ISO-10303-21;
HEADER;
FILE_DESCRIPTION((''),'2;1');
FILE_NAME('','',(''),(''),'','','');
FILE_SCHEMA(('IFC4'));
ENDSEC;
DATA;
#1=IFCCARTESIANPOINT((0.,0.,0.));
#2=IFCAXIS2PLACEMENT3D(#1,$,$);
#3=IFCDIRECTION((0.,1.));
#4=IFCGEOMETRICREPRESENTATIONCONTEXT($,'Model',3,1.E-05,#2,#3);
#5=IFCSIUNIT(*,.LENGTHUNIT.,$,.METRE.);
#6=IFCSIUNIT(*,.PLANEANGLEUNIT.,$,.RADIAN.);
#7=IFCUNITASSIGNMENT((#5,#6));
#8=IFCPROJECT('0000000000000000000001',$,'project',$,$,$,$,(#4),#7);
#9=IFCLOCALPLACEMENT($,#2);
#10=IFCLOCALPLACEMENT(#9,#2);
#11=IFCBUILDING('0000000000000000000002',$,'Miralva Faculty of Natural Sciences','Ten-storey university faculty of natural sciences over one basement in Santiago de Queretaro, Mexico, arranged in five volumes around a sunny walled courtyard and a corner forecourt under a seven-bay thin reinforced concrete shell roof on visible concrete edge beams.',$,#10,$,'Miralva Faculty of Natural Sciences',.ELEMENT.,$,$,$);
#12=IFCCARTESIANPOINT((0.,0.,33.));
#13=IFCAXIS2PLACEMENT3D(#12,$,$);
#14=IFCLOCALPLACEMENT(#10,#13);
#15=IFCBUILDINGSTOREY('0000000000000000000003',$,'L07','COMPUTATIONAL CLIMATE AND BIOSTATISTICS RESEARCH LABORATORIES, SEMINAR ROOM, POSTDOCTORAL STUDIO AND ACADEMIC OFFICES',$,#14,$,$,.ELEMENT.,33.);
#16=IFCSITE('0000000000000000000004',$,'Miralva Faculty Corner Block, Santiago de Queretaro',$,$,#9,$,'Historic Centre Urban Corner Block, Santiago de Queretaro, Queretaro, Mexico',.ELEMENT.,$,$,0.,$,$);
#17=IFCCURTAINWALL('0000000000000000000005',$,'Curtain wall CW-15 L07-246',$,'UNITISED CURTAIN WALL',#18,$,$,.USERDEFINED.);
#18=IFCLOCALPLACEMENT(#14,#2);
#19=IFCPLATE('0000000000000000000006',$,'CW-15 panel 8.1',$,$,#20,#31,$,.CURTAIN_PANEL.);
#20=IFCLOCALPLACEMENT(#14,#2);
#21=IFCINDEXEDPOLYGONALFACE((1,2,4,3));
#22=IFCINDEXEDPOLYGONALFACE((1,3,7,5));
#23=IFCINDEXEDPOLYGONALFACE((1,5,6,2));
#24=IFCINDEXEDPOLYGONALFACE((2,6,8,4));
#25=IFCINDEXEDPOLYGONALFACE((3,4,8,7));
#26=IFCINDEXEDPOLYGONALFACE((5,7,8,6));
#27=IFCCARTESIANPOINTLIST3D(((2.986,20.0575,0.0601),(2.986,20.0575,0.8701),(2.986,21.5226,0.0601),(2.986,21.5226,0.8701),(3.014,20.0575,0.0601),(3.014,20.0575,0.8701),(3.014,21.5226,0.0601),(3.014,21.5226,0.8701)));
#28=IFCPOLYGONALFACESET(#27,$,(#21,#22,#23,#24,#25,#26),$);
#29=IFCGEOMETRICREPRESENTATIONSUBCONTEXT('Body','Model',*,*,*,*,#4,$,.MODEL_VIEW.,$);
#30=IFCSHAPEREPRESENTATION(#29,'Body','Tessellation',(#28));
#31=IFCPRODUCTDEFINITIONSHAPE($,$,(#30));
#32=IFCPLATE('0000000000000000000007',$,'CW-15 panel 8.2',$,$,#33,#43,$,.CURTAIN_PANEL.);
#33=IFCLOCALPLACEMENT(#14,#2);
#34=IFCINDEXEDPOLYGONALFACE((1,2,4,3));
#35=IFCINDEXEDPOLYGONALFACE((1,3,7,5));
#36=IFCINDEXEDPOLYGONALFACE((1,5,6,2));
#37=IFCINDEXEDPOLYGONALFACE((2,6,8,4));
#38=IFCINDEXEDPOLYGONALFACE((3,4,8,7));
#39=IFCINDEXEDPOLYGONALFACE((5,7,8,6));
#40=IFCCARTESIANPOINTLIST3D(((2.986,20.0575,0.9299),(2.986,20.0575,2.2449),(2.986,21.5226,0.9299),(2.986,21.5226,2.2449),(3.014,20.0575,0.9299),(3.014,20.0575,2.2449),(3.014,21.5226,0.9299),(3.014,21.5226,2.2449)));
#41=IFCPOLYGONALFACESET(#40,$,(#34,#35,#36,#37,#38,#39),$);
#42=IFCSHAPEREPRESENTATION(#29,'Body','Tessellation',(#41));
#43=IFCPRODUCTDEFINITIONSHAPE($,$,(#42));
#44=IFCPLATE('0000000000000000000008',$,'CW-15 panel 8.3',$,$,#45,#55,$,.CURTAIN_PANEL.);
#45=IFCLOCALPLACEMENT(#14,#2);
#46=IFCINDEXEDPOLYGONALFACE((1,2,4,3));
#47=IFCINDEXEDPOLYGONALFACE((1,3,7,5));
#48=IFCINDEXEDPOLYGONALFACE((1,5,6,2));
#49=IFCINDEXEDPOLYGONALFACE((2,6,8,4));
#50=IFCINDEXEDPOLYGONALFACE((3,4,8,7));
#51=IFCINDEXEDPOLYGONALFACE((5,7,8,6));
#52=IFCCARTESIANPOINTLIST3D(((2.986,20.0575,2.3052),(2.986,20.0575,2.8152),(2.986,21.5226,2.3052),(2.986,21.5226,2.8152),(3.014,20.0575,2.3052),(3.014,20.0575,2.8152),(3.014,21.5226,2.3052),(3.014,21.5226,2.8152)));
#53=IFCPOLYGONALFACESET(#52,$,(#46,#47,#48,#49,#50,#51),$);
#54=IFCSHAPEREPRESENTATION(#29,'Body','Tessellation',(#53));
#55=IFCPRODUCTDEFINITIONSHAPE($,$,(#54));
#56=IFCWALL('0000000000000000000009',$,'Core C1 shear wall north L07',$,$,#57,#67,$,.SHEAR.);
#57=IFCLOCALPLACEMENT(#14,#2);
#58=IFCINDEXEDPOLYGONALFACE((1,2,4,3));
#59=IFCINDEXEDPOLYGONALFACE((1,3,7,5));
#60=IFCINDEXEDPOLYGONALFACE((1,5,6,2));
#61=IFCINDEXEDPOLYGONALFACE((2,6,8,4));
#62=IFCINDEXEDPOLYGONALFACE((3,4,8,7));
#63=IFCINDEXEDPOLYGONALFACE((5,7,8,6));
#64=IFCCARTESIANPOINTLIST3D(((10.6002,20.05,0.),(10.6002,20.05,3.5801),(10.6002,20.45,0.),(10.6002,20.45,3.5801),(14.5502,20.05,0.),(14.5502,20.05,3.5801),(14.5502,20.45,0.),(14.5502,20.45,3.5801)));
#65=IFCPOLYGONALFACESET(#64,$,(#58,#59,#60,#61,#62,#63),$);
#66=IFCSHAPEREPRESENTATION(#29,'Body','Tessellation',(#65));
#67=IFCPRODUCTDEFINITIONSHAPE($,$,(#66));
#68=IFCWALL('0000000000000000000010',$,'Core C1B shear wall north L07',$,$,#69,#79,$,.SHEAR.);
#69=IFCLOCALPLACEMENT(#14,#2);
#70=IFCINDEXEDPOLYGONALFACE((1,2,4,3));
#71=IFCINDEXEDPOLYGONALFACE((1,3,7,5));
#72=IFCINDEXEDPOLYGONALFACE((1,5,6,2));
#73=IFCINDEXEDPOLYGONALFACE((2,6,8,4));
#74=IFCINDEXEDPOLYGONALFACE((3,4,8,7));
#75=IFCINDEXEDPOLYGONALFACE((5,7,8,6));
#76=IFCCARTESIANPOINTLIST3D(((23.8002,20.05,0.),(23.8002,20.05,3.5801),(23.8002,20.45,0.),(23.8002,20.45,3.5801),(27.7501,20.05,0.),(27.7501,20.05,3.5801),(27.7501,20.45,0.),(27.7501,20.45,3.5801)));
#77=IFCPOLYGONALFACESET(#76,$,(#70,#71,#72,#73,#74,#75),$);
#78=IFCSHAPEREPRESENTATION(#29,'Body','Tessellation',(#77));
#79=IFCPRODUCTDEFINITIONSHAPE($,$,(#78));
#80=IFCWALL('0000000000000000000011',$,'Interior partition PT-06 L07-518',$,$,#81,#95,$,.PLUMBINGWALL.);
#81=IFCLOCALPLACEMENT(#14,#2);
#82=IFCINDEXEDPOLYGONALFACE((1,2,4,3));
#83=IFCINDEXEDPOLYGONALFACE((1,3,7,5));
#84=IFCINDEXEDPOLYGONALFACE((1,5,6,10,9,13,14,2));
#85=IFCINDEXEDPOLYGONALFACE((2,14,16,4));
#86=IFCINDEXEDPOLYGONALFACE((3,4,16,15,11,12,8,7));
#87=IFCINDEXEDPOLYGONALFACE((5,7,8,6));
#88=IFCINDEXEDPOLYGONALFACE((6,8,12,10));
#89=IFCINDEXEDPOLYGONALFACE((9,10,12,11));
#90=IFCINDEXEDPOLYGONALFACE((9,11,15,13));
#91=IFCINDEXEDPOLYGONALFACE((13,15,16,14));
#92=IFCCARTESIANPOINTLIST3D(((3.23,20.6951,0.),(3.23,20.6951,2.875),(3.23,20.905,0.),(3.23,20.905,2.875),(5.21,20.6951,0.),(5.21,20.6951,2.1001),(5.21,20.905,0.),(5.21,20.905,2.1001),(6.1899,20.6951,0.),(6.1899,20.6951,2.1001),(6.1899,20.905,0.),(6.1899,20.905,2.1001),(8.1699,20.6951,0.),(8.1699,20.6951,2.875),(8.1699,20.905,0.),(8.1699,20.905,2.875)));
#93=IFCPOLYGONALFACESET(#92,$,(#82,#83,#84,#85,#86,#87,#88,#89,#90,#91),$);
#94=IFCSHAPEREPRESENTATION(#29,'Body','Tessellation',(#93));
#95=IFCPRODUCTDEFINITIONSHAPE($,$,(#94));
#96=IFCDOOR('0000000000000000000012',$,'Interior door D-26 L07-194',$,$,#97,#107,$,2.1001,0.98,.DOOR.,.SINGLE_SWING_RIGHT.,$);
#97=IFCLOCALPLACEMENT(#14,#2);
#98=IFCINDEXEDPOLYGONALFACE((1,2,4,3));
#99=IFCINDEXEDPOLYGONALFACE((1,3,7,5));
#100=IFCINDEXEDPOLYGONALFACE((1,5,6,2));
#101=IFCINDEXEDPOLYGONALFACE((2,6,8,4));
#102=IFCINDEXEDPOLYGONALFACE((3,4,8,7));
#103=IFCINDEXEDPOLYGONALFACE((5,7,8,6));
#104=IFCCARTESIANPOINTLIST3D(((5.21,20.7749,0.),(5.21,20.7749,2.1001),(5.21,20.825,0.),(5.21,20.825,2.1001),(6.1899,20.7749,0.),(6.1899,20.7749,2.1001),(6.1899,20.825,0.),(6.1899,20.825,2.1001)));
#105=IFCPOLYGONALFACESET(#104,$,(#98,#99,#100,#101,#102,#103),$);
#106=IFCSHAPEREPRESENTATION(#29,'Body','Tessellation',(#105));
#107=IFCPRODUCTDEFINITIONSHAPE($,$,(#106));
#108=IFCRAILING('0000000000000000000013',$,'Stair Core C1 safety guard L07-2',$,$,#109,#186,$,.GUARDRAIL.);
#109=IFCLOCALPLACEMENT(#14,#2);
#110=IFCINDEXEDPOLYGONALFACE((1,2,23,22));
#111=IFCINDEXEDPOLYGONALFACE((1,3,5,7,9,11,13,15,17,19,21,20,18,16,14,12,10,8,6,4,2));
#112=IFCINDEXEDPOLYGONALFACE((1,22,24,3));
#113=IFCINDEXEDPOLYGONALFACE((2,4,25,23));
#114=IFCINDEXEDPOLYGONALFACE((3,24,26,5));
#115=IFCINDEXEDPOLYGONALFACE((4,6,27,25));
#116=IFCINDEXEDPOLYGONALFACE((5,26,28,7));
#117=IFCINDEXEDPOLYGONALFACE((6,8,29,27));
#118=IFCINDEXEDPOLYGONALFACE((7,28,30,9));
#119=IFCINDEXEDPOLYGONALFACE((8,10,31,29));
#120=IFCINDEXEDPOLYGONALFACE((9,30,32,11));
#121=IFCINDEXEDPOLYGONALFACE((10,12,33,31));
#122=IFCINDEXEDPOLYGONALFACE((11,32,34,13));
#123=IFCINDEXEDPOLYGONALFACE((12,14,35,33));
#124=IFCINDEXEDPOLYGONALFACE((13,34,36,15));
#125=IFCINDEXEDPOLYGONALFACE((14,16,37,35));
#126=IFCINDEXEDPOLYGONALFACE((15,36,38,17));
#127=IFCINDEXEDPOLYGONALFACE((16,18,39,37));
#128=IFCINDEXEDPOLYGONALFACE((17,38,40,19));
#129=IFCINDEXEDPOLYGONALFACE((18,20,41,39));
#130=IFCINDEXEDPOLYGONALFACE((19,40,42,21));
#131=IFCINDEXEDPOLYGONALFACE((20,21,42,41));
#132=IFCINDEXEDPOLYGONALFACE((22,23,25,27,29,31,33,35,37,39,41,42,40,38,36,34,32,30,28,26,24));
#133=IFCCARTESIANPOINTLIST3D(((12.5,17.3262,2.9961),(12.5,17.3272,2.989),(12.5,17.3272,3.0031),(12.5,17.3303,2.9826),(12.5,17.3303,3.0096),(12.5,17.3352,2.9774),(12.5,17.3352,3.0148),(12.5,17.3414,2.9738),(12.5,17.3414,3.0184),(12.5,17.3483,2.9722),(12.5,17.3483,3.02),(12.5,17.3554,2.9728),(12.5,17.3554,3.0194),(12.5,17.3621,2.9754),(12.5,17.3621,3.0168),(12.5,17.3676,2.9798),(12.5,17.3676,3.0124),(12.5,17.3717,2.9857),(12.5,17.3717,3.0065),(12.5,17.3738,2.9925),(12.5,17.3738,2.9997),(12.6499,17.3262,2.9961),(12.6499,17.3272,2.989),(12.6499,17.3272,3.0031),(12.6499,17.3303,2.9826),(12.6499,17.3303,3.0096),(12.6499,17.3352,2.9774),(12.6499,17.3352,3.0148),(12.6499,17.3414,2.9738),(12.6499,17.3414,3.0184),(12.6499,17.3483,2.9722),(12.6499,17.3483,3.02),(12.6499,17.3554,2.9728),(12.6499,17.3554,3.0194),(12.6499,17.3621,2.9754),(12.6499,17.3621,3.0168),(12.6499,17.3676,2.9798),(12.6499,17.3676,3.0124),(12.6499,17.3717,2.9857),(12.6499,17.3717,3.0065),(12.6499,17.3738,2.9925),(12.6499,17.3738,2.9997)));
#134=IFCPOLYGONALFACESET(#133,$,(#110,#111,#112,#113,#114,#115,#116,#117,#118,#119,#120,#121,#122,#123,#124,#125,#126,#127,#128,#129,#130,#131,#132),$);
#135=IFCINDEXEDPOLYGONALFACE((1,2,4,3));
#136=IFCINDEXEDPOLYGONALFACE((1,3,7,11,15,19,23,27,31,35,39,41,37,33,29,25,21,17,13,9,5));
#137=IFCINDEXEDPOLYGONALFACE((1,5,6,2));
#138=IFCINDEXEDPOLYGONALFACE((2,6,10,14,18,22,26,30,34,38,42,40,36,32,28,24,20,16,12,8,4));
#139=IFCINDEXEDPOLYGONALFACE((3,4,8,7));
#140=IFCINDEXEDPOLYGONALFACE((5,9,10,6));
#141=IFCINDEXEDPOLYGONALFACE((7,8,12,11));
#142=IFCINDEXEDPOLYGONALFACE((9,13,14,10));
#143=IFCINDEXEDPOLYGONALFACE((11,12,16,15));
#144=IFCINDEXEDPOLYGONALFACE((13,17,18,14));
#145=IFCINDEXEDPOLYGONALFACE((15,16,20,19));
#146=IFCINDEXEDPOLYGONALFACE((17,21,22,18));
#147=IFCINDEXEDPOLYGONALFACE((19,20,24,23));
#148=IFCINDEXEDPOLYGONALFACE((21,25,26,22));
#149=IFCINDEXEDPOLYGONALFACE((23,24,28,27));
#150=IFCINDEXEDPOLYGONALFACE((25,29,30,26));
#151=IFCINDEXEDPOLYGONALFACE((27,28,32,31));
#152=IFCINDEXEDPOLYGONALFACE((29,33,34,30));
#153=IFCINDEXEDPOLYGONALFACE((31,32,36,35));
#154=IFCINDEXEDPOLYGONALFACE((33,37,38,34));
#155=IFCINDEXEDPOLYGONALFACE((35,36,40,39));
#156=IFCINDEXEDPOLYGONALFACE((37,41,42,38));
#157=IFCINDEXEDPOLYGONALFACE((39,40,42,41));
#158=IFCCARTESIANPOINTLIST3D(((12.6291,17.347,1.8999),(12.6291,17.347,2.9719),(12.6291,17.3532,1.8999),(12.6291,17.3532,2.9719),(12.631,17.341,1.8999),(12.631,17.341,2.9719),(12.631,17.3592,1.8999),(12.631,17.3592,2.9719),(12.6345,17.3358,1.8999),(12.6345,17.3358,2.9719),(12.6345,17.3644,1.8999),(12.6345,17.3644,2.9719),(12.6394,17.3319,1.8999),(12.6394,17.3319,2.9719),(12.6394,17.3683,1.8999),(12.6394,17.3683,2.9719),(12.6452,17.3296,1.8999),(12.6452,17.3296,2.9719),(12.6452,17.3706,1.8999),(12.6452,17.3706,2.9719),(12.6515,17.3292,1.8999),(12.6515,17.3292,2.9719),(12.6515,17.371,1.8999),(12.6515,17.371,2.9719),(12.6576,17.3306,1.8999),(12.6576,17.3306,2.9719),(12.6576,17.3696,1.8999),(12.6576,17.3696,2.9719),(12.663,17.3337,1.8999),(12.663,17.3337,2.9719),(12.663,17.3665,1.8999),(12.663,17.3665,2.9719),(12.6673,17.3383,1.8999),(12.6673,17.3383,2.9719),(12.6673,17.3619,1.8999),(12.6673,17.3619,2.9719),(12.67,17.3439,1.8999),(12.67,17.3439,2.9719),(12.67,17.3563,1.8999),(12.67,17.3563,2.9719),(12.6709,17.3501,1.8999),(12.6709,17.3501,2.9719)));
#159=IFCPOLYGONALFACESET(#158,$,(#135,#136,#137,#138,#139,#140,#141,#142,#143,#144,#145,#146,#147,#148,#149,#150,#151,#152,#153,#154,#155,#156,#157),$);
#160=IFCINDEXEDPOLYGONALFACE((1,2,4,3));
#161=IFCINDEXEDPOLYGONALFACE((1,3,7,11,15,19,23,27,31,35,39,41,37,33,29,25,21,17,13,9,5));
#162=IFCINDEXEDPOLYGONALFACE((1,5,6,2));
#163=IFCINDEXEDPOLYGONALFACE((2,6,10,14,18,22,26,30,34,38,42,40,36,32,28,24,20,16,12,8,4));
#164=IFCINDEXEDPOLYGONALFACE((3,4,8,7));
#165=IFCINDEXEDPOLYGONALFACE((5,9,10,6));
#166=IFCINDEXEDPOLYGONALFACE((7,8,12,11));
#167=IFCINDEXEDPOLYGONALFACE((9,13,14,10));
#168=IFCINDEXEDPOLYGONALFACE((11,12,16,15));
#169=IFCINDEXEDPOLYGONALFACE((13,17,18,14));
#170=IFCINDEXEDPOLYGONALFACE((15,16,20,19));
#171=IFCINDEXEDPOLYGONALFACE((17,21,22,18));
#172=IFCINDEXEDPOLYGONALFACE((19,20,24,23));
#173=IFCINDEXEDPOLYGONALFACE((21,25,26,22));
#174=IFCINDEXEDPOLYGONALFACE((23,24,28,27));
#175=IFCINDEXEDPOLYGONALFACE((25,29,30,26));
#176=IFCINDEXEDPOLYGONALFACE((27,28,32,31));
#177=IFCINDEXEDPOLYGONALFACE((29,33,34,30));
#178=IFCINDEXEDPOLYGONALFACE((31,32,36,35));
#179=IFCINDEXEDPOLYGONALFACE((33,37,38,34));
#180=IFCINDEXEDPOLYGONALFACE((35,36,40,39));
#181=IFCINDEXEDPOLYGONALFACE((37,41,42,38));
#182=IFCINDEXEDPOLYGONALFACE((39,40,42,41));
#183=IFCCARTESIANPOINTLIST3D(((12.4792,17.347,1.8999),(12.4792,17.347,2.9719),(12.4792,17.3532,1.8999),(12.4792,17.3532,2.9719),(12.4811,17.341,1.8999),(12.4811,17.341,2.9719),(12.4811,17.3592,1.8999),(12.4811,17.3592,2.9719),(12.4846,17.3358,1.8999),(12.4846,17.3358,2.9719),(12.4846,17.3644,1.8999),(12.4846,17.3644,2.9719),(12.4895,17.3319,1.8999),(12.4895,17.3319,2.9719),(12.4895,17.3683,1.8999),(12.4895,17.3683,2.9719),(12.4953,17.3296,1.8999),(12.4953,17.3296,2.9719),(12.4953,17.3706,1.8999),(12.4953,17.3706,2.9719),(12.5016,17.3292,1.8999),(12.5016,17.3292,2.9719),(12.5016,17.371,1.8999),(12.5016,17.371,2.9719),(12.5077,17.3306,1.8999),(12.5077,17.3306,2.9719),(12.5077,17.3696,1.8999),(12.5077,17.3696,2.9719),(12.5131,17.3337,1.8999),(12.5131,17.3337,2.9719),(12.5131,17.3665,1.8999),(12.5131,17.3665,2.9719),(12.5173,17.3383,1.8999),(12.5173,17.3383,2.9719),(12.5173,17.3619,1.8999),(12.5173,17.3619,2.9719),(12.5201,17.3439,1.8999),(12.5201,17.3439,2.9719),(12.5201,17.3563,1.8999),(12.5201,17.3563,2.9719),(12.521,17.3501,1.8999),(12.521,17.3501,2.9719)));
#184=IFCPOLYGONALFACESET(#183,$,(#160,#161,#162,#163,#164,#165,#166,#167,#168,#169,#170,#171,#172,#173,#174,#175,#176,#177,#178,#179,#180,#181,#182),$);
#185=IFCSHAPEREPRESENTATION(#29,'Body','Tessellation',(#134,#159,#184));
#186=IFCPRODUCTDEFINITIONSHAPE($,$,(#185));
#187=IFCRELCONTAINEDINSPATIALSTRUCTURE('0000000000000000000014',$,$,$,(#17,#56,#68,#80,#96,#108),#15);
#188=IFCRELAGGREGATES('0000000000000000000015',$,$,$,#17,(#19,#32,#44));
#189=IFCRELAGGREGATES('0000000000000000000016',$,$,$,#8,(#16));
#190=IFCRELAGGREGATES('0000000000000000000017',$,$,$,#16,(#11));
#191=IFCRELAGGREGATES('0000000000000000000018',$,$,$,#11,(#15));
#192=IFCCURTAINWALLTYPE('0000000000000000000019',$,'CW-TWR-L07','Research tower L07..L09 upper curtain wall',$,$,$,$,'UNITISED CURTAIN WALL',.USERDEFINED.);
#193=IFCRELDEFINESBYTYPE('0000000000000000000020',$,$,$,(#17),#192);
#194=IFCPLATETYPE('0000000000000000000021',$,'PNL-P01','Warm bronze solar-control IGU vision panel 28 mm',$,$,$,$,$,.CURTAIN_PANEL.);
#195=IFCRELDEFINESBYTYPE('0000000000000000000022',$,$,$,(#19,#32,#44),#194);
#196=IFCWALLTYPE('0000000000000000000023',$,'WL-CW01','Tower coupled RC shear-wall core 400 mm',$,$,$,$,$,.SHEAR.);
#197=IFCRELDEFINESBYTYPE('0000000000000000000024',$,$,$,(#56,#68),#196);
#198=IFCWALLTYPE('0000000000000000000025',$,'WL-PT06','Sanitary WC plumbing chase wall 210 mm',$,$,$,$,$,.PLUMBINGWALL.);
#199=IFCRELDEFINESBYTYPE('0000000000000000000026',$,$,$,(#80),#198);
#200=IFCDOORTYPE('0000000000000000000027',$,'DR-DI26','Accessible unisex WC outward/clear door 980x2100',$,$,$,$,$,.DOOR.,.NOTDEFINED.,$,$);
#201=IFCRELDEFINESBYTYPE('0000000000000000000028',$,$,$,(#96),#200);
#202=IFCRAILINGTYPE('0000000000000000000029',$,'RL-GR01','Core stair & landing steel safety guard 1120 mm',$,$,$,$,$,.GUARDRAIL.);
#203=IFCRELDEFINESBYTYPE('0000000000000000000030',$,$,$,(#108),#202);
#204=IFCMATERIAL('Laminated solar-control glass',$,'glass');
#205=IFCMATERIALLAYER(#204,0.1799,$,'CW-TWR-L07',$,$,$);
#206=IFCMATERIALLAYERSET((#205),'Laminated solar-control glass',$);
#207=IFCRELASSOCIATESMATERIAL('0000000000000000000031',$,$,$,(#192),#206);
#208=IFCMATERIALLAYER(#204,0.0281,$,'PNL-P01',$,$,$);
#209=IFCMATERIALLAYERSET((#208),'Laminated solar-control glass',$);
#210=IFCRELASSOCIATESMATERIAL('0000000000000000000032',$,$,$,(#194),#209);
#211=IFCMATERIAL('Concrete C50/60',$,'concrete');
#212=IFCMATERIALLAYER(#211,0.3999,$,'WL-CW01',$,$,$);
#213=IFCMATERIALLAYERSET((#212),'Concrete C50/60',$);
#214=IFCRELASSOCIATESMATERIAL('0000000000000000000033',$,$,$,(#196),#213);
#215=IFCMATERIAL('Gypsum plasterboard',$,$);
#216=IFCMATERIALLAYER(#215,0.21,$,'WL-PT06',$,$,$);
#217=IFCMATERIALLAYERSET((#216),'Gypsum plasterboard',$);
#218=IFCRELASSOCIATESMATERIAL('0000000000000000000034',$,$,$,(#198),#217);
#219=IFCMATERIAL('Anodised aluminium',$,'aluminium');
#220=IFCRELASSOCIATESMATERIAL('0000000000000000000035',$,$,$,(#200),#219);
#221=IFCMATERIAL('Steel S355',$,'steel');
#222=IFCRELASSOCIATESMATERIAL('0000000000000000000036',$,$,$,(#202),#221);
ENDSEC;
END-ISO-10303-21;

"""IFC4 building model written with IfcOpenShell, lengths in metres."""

from ifc_helpers import new_model, si_unit, direction, frame, frame_2d, origin, origin_2d, place, context, subcontext, project, spatial, rectangle, circle, extrude, material, layer, layer_set, type_object, element, fill, aggregate, save


model = new_model("IFC4")

# Units and contexts
model_context = context("Model", 3, precision=1e-05, world=origin(), true_north=direction((0.0, 1.0)))
body_context = subcontext(model_context, "Body", "Model", "MODEL_VIEW")
ifc_project = project(units=[si_unit("LENGTHUNIT", "METRE"), si_unit("PLANEANGLEUNIT", "RADIAN")], contexts=[model_context])

# Site, building, storey
site_placement = place(None, origin())
site = spatial("IfcSite", under=ifc_project, at=site_placement, Name="Miralva Faculty Corner Block, Santiago de Queretaro", LongName="Historic Centre Urban Corner Block, Santiago de Queretaro, Queretaro, Mexico", CompositionType="ELEMENT", RefElevation=0.0)
building_placement = place(site_placement, origin())
building = spatial("IfcBuilding", under=site, at=building_placement, Name="Miralva Faculty of Natural Sciences", Description="Ten-storey university faculty of natural sciences over one basement in Santiago de Queretaro, Mexico, arranged in five volumes around a sunny walled courtyard and a corner forecourt under a seven-bay thin reinforced concrete shell roof on visible concrete edge beams.", LongName="Miralva Faculty of Natural Sciences", CompositionType="ELEMENT")
storey_placement = place(building_placement, frame((0.0, 0.0, 33.0)))
storey = spatial("IfcBuildingStorey", under=building, at=storey_placement, Name="L07", Description="COMPUTATIONAL CLIMATE AND BIOSTATISTICS RESEARCH LABORATORIES, SEMINAR ROOM, POSTDOCTORAL STUDIO AND ACADEMIC OFFICES", CompositionType="ELEMENT", Elevation=33.0)

# Curtain wall, plates
ifc_material_1 = material(Name="Laminated solar-control glass", Category="glass")
ifc_layer_1 = layer(ifc_material_1, 0.1799, Name="CW-TWR-L07")
ifc_layer_set_1 = layer_set([ifc_layer_1], Name="Laminated solar-control glass")
curtain_wall_type = type_object("IfcCurtainWallType", Name="CW-TWR-L07", Description="Research tower L07..L09 upper curtain wall", ElementType="UNITISED CURTAIN WALL", PredefinedType="USERDEFINED", material=ifc_layer_set_1)
curtain_wall_placement = place(storey_placement, origin())
curtain_wall = element("IfcCurtainWall", 1, at=curtain_wall_placement, inside=storey, type_object=curtain_wall_type, Name="Curtain wall CW-15 L07-246", ObjectType="UNITISED CURTAIN WALL", PredefinedType="USERDEFINED")
ifc_material_2 = material(Name="Anodised aluminium", Category="aluminium")
ifc_layer_2 = layer(ifc_material_1, 0.0281, Name="PNL-P01")
ifc_layer_set_2 = layer_set([ifc_layer_2], Name="Laminated solar-control glass")
plate_type = type_object("IfcPlateType", Name="PNL-P01", Description="Warm bronze solar-control IGU vision panel 28 mm", PredefinedType="CURTAIN_PANEL", material=ifc_layer_set_2)
plate_1_placement = place(storey_placement, frame((3.0, 20.79, 0.0601), z_axis=(0.0, 0.0, 1.0), x_axis=(0.0, 1.0, 0.0)))
plate_1 = element("IfcPlate", 2, at=plate_1_placement, type_object=plate_type, Name="CW-15 panel 8.1", PredefinedType="CURTAIN_PANEL", context=body_context, shape_type="SweptSolid", body=[
    extrude(rectangle(XDim=1.4651, YDim=0.0281, at=origin_2d()), origin(), (0.0, 0.0, 1.0), 0.8101),
])
plate_2_placement = place(storey_placement, frame((3.0, 20.79, 0.9299), z_axis=(0.0, 0.0, 1.0), x_axis=(0.0, 1.0, 0.0)))
plate_2 = element("IfcPlate", 3, at=plate_2_placement, type_object=plate_type, Name="CW-15 panel 8.2", PredefinedType="CURTAIN_PANEL", context=body_context, shape_type="SweptSolid", body=[
    extrude(rectangle(XDim=1.4651, YDim=0.0281, at=origin_2d()), origin(), (0.0, 0.0, 1.0), 1.3149),
])
plate_3_placement = place(storey_placement, frame((3.0, 20.79, 2.3052), z_axis=(0.0, 0.0, 1.0), x_axis=(0.0, 1.0, 0.0)))
plate_3 = element("IfcPlate", 4, at=plate_3_placement, type_object=plate_type, Name="CW-15 panel 8.3", PredefinedType="CURTAIN_PANEL", context=body_context, shape_type="SweptSolid", body=[
    extrude(rectangle(XDim=1.4651, YDim=0.0281, at=origin_2d()), origin(), (0.0, 0.0, 1.0), 0.51),
])
aggregate(curtain_wall, [plate_1, plate_2, plate_3])

# Walls
ifc_material_3 = material(Name="Concrete C50/60", Category="concrete")
ifc_layer_3 = layer(ifc_material_3, 0.3999, Name="WL-CW01")
ifc_layer_set_3 = layer_set([ifc_layer_3], Name="Concrete C50/60")
wall_type_1 = type_object("IfcWallType", Name="WL-CW01", Description="Tower coupled RC shear-wall core 400 mm", PredefinedType="SHEAR", material=ifc_layer_set_3)
for number, where, z_axis, x_axis, name in (
    (5, (10.6001, 20.25, 0.0), (0.0, 0.0, 1.0), (1.0, 0.0, 0.0), "Core C1 shear wall north L07"),
    (6, (23.8, 20.25, 0.0), (0.0, 0.0, 1.0), (1.0, 0.0, 0.0), "Core C1B shear wall north L07"),
):
    element("IfcWall", number, at=place(storey_placement, frame(where, z_axis=z_axis, x_axis=x_axis)), inside=storey, type_object=wall_type_1, Name=name, PredefinedType="SHEAR", context=body_context, shape_type="SweptSolid", body=[
        extrude(rectangle(XDim=3.95, YDim=0.3999, at=frame_2d((1.9751, 0.0))), origin(), (0.0, 0.0, 1.0), 3.5801),
    ])

# Wall, opening, door
ifc_material_4 = material(Name="Gypsum plasterboard")
ifc_layer_4 = layer(ifc_material_4, 0.21, Name="WL-PT06")
ifc_layer_set_4 = layer_set([ifc_layer_4], Name="Gypsum plasterboard")
wall_type_2 = type_object("IfcWallType", Name="WL-PT06", Description="Sanitary WC plumbing chase wall 210 mm", PredefinedType="PLUMBINGWALL", material=ifc_layer_set_4)
wall_placement = place(storey_placement, frame((3.23, 20.8, 0.0), z_axis=(0.0, 0.0, 1.0), x_axis=(1.0, 0.0, 0.0)))
wall = element("IfcWall", 7, at=wall_placement, inside=storey, type_object=wall_type_2, Name="Interior partition PT-06 L07-518", PredefinedType="PLUMBINGWALL", context=body_context, shape_type="SweptSolid", body=[
    extrude(rectangle(XDim=4.9399, YDim=0.21, at=frame_2d((2.47, 0.0))), origin(), (0.0, 0.0, 1.0), 2.875),
])
opening_placement = place(wall_placement, frame((1.98, 0.0, 0.0)))
opening = element("IfcOpeningElement", 8, at=opening_placement, cuts=wall, PredefinedType="OPENING", context=body_context, shape_type="SweptSolid", body=[
    extrude(rectangle(XDim=0.98, YDim=2.1001, at=frame_2d((0.49, 1.05))), frame((0.0, 0.115, 0.0), z_axis=(0.0, -1.0, 0.0), x_axis=(1.0, 0.0, 0.0)), (0.0, 0.0, 1.0), 0.23),
])
door_type = type_object("IfcDoorType", Name="DR-DI26", Description="Accessible unisex WC outward/clear door 980x2100", OperationType="NOTDEFINED", PredefinedType="DOOR", material=ifc_material_2)
door_placement = place(opening_placement, origin())
door = element("IfcDoor", 9, at=door_placement, inside=storey, type_object=door_type, Name="Interior door D-26 L07-194", OperationType="SINGLE_SWING_RIGHT", OverallHeight=2.1001, OverallWidth=0.98, PredefinedType="DOOR", context=body_context, shape_type="SweptSolid", body=[
    extrude(rectangle(XDim=0.98, YDim=2.1001, at=frame_2d((0.49, 1.05))), frame((0.0, 0.0249, 0.0), z_axis=(0.0, -1.0, 0.0), x_axis=(1.0, 0.0, 0.0)), (0.0, 0.0, 1.0), 0.05),
])
fill(opening, door)

# Railing
ifc_material_5 = material(Name="Steel S355", Category="steel")
railing_type = type_object("IfcRailingType", Name="RL-GR01", Description="Core stair & landing steel safety guard 1120 mm", PredefinedType="GUARDRAIL", material=ifc_material_5)
railing_1_placement = place(storey_placement, frame((12.6499, 17.3501, 1.8999)))
element("IfcRailing", 10, at=railing_1_placement, inside=storey, type_object=railing_type, Name="Stair Core C1 safety guard L07-2", PredefinedType="GUARDRAIL", context=body_context, shape_type="SweptSolid", body=[
    extrude(circle(Radius=0.0239, at=origin_2d()), frame((0.0, 0.0, 1.0962), z_axis=(-1.0, 0.0, 0.0), x_axis=(0.0, -1.0, 0.0)), (0.0, 0.0, 1.0), 0.1499),
    extrude(circle(Radius=0.021, at=origin_2d()), origin(), (0.0, 0.0, 1.0), 1.072),
    extrude(circle(Radius=0.021, at=origin_2d()), frame((-0.1499, 0.0, 0.0)), (0.0, 0.0, 1.0), 1.072),
])

save(model, "model.ifc")
